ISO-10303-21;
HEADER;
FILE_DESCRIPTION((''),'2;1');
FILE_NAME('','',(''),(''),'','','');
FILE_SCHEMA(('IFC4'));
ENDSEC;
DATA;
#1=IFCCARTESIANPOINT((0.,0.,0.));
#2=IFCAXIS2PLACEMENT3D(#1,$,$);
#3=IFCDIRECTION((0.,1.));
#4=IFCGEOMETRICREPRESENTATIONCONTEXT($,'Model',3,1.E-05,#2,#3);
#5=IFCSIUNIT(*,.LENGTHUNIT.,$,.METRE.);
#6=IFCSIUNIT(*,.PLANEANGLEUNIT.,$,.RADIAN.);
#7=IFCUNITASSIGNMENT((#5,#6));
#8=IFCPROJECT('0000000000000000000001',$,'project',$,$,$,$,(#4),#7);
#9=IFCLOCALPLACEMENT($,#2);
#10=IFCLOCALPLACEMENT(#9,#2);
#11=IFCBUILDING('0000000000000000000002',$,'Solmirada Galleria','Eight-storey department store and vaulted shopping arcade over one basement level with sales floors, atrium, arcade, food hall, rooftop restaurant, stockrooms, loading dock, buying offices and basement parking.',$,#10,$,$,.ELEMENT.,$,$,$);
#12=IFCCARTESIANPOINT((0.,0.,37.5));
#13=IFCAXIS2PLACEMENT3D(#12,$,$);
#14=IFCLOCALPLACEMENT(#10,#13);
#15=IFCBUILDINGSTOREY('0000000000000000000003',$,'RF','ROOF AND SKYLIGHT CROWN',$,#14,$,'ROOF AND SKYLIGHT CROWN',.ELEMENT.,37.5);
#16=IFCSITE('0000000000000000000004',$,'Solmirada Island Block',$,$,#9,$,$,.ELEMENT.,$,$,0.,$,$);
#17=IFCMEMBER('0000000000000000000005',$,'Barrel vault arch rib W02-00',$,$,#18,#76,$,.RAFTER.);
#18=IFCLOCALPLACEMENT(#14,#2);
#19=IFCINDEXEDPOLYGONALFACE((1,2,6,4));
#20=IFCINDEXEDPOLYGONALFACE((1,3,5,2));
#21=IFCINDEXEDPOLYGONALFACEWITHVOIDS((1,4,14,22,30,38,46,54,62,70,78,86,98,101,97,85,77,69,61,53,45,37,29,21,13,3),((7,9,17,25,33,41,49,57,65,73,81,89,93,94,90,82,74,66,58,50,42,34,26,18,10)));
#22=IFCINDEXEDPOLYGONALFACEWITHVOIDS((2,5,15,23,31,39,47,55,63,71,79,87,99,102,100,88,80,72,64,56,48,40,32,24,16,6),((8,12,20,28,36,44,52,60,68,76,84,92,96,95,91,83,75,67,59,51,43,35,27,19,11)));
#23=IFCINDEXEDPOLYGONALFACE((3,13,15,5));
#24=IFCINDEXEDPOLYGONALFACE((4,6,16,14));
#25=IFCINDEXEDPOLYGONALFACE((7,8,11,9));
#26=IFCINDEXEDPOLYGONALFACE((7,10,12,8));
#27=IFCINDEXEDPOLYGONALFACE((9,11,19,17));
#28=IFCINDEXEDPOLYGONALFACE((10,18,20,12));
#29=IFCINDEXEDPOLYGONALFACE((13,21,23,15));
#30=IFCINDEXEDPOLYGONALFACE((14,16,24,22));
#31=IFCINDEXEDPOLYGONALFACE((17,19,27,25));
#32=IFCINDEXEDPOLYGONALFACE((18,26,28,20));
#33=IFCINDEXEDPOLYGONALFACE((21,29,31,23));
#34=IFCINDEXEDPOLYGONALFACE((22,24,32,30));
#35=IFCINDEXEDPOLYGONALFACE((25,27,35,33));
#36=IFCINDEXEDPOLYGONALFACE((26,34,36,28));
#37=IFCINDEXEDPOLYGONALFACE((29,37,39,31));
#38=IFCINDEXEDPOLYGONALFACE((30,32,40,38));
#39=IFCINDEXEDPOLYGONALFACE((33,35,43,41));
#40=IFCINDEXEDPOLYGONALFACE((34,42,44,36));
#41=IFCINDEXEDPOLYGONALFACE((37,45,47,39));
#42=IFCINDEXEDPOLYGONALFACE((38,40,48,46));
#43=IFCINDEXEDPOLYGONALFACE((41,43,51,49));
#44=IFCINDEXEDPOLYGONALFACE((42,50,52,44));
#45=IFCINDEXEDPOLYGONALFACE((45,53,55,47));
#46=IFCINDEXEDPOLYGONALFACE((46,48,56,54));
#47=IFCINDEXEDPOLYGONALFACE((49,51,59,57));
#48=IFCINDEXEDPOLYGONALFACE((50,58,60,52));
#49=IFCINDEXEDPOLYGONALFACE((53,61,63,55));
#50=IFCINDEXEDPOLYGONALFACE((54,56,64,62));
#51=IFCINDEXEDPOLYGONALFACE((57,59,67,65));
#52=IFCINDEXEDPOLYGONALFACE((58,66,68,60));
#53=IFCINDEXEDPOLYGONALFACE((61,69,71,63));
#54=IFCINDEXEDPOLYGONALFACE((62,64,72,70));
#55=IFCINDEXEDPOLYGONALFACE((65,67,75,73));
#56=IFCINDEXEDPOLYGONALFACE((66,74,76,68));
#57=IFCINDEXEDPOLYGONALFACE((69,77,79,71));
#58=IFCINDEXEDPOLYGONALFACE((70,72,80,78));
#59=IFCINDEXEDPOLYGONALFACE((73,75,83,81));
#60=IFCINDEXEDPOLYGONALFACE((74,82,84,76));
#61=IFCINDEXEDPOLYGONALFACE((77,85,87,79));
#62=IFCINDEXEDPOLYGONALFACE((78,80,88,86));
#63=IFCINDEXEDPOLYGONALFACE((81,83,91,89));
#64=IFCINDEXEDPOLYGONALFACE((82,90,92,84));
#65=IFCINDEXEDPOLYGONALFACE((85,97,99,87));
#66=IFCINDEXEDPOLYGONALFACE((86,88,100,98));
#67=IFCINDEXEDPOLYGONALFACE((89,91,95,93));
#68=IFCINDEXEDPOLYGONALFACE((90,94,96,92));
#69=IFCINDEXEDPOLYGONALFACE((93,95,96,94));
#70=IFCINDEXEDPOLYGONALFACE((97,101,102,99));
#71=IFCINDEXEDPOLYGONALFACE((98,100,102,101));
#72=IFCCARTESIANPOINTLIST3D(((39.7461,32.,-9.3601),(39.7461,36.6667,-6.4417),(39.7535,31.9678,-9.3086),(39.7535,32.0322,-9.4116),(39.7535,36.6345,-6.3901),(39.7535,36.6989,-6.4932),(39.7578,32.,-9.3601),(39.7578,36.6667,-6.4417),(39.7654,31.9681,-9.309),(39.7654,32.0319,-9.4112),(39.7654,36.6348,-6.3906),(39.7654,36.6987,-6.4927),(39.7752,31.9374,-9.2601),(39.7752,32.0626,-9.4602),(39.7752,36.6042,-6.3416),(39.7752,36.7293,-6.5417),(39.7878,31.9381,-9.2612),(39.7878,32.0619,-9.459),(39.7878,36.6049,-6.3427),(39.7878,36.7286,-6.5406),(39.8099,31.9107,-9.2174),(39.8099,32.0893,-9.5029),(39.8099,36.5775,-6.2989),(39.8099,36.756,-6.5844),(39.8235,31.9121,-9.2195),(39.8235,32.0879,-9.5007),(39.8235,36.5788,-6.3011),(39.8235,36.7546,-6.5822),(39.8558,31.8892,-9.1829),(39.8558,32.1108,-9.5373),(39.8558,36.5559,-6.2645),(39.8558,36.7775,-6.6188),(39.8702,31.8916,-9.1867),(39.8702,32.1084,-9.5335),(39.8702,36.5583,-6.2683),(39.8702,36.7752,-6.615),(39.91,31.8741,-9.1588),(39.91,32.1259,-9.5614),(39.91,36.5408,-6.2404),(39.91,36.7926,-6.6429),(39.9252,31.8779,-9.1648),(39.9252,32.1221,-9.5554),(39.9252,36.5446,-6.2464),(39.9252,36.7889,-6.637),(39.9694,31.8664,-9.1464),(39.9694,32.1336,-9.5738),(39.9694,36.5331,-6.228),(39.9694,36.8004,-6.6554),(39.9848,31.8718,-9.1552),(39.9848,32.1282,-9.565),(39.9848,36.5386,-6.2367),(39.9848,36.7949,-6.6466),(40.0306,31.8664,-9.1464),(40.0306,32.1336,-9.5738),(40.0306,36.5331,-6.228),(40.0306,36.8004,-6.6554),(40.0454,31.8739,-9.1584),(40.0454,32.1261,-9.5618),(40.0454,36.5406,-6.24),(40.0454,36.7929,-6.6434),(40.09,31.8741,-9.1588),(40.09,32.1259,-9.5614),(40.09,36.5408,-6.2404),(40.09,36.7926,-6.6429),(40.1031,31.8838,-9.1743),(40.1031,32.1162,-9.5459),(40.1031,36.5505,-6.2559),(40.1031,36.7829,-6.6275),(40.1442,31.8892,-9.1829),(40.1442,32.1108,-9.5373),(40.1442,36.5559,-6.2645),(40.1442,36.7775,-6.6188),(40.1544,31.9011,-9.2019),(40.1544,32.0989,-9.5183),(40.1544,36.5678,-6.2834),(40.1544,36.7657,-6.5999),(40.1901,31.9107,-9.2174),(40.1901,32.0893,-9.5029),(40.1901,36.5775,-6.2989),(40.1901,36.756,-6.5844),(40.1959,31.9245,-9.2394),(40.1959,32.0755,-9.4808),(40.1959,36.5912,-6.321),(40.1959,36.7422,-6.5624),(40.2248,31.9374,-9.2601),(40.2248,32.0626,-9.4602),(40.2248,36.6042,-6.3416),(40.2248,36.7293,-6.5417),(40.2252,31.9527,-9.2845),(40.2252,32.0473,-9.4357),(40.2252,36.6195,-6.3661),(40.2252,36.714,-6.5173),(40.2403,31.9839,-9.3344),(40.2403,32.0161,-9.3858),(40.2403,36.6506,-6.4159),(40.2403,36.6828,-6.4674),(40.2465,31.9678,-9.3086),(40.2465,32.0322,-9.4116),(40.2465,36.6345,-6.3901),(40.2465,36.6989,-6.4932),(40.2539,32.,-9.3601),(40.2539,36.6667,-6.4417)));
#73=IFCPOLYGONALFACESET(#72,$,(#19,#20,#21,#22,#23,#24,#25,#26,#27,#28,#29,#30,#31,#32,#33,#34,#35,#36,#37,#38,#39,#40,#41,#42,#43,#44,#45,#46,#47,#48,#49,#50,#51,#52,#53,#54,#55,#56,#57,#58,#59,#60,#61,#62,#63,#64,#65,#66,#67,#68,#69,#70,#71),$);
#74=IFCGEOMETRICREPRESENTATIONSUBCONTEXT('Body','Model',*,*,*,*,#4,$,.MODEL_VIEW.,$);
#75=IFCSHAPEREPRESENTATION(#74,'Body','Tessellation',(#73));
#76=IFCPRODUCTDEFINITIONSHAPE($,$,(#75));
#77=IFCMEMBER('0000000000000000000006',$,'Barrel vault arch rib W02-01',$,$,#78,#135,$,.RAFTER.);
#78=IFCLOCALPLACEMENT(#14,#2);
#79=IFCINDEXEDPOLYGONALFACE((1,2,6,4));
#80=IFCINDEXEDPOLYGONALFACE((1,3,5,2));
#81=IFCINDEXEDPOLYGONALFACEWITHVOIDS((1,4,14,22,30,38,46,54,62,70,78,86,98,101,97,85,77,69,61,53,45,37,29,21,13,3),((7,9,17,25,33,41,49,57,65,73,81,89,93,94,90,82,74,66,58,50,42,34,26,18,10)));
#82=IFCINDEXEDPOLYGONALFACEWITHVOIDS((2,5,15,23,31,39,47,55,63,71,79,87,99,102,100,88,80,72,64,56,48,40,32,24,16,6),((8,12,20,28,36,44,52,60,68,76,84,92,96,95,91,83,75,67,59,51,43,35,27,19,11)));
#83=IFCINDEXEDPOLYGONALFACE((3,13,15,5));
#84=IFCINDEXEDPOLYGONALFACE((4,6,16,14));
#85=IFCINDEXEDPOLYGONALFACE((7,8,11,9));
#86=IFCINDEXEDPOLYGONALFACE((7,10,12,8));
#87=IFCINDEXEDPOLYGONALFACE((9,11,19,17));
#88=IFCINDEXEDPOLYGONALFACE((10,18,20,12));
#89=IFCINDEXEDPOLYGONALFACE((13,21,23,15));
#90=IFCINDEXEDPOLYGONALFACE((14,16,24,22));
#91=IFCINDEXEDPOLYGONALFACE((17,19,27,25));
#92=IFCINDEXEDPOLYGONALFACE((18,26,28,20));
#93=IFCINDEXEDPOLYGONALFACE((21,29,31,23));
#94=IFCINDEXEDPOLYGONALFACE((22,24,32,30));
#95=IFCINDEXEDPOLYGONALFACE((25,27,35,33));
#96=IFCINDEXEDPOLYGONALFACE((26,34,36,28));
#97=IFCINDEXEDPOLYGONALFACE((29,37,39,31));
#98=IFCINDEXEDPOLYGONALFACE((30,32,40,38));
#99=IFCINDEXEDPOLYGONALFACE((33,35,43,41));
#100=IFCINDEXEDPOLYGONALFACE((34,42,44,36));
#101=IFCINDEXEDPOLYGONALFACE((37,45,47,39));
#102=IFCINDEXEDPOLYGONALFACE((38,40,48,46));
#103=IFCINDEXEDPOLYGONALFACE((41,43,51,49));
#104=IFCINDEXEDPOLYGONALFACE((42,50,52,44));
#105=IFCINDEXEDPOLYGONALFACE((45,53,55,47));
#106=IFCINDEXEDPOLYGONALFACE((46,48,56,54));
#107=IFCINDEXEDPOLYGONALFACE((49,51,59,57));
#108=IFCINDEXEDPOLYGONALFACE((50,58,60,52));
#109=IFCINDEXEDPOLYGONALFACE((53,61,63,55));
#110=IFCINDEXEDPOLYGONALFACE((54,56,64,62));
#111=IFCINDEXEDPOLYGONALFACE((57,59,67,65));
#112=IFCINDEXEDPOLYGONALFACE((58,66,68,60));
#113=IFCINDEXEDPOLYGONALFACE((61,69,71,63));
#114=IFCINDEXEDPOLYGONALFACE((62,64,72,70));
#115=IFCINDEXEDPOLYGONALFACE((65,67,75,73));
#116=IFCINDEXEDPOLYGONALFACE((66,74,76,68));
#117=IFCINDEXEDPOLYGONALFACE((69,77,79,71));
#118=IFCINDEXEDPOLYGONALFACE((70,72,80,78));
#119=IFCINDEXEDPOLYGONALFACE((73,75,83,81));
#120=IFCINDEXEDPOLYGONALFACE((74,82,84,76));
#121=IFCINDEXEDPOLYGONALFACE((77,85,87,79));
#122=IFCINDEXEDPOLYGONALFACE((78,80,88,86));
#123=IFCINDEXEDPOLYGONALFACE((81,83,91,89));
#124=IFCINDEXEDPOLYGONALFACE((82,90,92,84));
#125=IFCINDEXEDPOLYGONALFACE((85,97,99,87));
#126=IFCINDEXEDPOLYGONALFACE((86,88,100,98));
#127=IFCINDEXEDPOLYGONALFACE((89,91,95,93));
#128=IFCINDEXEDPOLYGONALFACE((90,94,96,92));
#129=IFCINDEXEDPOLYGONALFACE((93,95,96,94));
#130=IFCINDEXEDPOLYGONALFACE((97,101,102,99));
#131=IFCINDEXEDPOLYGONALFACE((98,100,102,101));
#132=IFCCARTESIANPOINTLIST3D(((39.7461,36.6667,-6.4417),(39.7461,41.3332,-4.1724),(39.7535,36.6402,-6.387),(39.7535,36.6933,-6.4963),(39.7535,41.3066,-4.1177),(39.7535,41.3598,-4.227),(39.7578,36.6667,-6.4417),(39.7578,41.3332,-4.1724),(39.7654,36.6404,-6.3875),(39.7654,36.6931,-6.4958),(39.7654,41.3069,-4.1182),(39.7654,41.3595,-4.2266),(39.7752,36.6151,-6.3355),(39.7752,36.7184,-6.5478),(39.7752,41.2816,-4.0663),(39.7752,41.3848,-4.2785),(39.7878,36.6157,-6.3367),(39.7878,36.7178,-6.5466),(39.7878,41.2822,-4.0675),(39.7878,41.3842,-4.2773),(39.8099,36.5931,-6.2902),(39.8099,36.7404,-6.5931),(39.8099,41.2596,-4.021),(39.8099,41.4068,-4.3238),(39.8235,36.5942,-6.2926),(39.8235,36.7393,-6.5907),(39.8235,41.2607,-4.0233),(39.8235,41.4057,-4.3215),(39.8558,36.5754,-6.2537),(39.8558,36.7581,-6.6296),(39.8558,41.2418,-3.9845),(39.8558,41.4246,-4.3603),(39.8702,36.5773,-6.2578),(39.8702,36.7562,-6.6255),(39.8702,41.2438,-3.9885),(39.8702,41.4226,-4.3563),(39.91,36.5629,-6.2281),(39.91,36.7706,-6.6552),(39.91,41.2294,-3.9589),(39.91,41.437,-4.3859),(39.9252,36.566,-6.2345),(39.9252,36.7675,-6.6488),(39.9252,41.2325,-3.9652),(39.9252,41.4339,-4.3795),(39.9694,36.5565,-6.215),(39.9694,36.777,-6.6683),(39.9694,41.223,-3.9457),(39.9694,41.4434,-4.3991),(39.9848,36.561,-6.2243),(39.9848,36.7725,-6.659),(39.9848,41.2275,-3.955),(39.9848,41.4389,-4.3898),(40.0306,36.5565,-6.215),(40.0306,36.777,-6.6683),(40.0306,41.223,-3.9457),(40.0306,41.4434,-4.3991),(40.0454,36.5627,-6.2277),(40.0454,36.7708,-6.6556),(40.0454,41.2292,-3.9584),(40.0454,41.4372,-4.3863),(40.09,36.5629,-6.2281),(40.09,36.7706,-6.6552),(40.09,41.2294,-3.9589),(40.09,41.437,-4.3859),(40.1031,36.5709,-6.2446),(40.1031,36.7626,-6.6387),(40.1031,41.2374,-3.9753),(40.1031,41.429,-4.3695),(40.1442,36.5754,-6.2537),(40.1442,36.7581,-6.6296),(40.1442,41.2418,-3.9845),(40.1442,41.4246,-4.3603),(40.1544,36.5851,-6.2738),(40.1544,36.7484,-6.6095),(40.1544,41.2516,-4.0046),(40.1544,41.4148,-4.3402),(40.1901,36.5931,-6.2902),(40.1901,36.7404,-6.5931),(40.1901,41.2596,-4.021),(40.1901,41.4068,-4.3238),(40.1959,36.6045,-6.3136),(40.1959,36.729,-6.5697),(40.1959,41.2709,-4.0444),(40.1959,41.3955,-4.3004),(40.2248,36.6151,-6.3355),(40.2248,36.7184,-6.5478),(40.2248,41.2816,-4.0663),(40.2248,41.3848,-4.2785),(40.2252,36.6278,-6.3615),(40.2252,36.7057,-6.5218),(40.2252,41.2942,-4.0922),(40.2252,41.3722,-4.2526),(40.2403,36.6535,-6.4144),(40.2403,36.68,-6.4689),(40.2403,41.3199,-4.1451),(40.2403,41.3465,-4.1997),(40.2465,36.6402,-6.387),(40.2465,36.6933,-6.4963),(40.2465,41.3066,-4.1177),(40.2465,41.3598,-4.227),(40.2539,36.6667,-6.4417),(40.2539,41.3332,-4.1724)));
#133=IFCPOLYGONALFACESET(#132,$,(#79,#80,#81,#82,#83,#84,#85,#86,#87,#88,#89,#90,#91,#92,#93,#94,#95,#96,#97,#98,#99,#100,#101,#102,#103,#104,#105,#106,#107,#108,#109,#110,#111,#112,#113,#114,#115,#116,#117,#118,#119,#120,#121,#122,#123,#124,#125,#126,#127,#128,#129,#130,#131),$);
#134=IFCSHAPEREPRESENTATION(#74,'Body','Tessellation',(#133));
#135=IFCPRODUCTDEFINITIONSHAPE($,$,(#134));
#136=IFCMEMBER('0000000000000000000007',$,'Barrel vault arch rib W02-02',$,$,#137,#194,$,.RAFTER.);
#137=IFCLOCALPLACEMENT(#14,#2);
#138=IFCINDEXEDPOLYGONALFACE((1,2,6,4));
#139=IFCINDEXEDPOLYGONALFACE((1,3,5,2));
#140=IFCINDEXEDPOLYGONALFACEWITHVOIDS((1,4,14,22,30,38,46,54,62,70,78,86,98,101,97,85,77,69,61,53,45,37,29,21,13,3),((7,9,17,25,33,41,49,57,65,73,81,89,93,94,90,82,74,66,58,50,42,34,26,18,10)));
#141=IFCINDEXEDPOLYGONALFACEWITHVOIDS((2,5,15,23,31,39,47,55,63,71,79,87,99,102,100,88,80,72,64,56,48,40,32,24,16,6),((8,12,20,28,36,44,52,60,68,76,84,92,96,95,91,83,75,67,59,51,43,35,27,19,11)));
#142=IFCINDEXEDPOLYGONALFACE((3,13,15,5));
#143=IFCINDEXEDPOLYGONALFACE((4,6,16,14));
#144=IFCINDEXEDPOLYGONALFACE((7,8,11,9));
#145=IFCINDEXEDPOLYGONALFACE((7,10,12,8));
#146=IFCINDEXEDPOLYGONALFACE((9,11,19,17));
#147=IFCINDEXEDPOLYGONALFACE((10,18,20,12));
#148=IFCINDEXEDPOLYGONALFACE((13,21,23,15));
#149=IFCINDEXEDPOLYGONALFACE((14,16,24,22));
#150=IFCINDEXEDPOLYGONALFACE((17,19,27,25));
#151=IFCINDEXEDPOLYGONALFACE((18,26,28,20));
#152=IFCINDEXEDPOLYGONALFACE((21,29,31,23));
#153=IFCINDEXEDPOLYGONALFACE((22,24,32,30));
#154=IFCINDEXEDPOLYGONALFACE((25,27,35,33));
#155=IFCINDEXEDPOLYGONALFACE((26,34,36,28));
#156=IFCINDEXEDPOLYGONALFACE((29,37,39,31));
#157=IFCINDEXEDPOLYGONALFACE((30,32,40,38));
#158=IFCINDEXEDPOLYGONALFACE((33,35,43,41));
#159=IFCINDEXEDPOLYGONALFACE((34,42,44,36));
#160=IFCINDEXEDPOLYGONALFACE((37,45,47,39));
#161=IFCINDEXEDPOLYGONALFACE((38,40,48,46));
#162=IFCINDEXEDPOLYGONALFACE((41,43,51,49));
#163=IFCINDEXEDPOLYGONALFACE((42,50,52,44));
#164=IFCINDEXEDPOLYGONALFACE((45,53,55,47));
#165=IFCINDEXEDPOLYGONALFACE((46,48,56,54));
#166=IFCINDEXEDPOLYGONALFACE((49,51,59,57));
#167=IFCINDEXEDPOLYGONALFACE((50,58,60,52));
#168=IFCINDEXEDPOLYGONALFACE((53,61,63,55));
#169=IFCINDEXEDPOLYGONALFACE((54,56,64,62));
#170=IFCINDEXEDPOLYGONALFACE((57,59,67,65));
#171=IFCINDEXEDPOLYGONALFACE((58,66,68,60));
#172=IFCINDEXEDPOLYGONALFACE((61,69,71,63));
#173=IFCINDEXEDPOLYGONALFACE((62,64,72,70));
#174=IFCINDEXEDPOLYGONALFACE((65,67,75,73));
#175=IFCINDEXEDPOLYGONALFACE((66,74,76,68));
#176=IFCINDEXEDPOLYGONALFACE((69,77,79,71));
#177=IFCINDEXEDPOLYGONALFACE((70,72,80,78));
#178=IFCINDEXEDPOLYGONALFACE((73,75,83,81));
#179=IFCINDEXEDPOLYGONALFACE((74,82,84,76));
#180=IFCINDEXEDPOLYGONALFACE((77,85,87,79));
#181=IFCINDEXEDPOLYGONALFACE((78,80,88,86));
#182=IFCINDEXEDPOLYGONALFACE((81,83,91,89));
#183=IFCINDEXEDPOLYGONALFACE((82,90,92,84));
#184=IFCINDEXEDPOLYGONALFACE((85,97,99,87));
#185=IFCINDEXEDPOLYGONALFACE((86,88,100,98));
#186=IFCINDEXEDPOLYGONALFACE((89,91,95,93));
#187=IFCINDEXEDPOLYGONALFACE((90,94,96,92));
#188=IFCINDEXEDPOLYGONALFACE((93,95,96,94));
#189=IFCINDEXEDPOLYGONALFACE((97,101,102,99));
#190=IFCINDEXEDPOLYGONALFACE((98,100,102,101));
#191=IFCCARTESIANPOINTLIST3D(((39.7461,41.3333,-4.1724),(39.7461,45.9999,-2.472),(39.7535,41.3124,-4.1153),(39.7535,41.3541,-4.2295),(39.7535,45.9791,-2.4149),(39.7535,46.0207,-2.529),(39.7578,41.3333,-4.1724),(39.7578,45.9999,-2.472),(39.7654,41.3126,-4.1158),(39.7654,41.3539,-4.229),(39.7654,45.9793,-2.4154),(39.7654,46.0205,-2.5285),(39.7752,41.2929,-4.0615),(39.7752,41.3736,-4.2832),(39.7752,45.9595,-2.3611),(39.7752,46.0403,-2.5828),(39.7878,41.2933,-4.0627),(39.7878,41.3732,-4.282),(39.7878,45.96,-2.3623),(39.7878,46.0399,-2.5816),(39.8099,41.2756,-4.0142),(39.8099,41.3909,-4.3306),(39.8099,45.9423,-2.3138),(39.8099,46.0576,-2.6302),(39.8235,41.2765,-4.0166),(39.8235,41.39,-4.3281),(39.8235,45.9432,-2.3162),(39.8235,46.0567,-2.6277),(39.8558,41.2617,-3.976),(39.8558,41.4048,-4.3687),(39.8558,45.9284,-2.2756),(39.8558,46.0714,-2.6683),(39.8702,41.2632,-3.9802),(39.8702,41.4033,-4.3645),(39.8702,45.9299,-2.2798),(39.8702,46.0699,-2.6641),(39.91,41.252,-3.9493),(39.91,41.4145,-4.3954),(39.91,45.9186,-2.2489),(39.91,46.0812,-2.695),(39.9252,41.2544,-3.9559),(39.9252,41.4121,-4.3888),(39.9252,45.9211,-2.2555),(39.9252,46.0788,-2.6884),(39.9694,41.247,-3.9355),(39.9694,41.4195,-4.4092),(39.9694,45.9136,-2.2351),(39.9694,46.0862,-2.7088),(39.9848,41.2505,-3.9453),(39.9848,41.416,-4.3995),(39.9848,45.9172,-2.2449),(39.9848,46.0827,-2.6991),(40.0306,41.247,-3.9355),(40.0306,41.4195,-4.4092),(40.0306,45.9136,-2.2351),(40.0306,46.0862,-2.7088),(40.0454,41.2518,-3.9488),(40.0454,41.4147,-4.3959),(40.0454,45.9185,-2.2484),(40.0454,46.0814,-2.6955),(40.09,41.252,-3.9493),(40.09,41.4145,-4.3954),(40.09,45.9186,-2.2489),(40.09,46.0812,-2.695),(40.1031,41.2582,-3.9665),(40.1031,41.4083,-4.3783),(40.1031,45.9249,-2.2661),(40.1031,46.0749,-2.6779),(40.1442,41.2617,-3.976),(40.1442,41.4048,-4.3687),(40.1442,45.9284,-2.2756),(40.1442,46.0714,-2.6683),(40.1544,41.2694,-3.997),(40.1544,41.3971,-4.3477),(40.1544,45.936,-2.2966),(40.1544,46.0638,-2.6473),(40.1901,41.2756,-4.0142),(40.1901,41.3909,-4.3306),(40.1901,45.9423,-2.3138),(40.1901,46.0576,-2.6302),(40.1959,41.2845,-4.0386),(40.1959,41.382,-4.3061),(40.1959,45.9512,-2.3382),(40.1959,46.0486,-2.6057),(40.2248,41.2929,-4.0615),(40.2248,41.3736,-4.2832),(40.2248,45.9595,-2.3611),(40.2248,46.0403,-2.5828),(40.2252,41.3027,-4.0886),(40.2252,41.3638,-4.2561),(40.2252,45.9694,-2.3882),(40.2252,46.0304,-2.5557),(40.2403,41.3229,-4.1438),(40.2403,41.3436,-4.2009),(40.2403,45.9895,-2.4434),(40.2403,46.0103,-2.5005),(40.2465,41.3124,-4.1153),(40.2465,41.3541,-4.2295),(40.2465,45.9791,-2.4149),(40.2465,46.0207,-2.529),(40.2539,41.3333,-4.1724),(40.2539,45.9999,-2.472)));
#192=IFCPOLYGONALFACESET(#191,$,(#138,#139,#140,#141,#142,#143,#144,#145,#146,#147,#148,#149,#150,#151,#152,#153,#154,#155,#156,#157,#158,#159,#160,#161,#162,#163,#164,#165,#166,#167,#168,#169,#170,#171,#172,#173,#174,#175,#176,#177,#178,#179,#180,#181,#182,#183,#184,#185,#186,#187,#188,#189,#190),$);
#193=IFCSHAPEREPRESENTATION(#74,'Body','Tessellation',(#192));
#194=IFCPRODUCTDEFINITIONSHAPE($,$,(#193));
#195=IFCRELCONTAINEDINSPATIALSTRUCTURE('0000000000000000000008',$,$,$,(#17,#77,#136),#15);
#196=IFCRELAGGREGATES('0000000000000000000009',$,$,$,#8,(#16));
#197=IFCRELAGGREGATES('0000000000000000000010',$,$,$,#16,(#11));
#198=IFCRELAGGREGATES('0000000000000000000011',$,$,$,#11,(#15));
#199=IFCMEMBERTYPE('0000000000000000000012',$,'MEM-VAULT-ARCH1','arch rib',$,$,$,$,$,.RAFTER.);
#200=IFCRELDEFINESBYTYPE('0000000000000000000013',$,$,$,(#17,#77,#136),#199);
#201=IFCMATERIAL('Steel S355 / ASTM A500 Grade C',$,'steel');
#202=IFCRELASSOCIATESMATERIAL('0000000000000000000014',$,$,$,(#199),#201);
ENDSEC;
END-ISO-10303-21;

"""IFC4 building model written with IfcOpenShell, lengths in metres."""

from ifc_helpers import new_model, si_unit, direction, frame, origin, origin_2d, place, context, subcontext, project, spatial, hollow_circle, extrude, material, material_profile, profile_set, type_object, element, save


model = new_model("IFC4")

# Units and contexts
model_context = context("Model", 3, precision=1e-05, world=origin(), true_north=direction((0.0, 1.0)))
body_context = subcontext(model_context, "Body", "Model", "MODEL_VIEW")
ifc_project = project(units=[si_unit("LENGTHUNIT", "METRE"), si_unit("PLANEANGLEUNIT", "RADIAN")], contexts=[model_context])

# Site, building, storey
site_placement = place(None, origin())
site = spatial("IfcSite", under=ifc_project, at=site_placement, Name="Solmirada Island Block", CompositionType="ELEMENT", RefElevation=0.0)
building_placement = place(site_placement, origin())
building = spatial("IfcBuilding", under=site, at=building_placement, Name="Solmirada Galleria", Description="Eight-storey department store and vaulted shopping arcade over one basement level with sales floors, atrium, arcade, food hall, rooftop restaurant, stockrooms, loading dock, buying offices and basement parking.", CompositionType="ELEMENT")
storey_placement = place(building_placement, frame((0.0, 0.0, 37.5)))
storey = spatial("IfcBuildingStorey", under=building, at=storey_placement, Name="RF", Description="ROOF AND SKYLIGHT CROWN", LongName="ROOF AND SKYLIGHT CROWN", CompositionType="ELEMENT", Elevation=37.5)

# Members
ifc_material_1 = material(Name="Steel S355 / ASTM A500 Grade C", Category="steel")
ifc_material_profile_1 = material_profile(ifc_material_1, hollow_circle(Radius=0.2539, WallThickness=0.0117, at=origin_2d()), Name="HSS20.000X0.500")
ifc_profile_set_1 = profile_set([ifc_material_profile_1], Name="Steel S355 / ASTM A500 Grade C")
member_type_1 = type_object("IfcMemberType", Name="MEM-VAULT-ARCH1", Description="arch rib", PredefinedType="RAFTER", material=ifc_profile_set_1)
member_1_placement = place(storey_placement, frame((40.0, 32.0, -9.3601), z_axis=(0.0, 0.847856, 0.530226), x_axis=(-1.0, 0.0, 0.0)))
element("IfcMember", 1, at=member_1_placement, inside=storey, type_object=member_type_1, Name="Barrel vault arch rib W02-00", PredefinedType="RAFTER", context=body_context, shape_type="SweptSolid", body=[
    extrude(hollow_circle(Radius=0.2539, WallThickness=0.0117, at=origin_2d()), origin(), (0.0, 0.0, 1.0), 5.5042),
])
member_2_placement = place(storey_placement, frame((40.0, 36.6667, -6.4417), z_axis=(0.0, 0.899304, 0.437325), x_axis=(-1.0, 0.0, 0.0)))
element("IfcMember", 2, at=member_2_placement, inside=storey, type_object=member_type_1, Name="Barrel vault arch rib W02-01", PredefinedType="RAFTER", context=body_context, shape_type="SweptSolid", body=[
    extrude(hollow_circle(Radius=0.2539, WallThickness=0.0117, at=origin_2d()), origin(), (0.0, 0.0, 1.0), 5.189),
])
member_3_placement = place(storey_placement, frame((40.0, 41.3333, -4.1724), z_axis=(0.0, 0.939571, 0.342355), x_axis=(-1.0, 0.0, 0.0)))
element("IfcMember", 3, at=member_3_placement, inside=storey, type_object=member_type_1, Name="Barrel vault arch rib W02-02", PredefinedType="RAFTER", context=body_context, shape_type="SweptSolid", body=[
    extrude(hollow_circle(Radius=0.2539, WallThickness=0.0117, at=origin_2d()), origin(), (0.0, 0.0, 1.0), 4.9668),
])

save(model, "model.ifc")
